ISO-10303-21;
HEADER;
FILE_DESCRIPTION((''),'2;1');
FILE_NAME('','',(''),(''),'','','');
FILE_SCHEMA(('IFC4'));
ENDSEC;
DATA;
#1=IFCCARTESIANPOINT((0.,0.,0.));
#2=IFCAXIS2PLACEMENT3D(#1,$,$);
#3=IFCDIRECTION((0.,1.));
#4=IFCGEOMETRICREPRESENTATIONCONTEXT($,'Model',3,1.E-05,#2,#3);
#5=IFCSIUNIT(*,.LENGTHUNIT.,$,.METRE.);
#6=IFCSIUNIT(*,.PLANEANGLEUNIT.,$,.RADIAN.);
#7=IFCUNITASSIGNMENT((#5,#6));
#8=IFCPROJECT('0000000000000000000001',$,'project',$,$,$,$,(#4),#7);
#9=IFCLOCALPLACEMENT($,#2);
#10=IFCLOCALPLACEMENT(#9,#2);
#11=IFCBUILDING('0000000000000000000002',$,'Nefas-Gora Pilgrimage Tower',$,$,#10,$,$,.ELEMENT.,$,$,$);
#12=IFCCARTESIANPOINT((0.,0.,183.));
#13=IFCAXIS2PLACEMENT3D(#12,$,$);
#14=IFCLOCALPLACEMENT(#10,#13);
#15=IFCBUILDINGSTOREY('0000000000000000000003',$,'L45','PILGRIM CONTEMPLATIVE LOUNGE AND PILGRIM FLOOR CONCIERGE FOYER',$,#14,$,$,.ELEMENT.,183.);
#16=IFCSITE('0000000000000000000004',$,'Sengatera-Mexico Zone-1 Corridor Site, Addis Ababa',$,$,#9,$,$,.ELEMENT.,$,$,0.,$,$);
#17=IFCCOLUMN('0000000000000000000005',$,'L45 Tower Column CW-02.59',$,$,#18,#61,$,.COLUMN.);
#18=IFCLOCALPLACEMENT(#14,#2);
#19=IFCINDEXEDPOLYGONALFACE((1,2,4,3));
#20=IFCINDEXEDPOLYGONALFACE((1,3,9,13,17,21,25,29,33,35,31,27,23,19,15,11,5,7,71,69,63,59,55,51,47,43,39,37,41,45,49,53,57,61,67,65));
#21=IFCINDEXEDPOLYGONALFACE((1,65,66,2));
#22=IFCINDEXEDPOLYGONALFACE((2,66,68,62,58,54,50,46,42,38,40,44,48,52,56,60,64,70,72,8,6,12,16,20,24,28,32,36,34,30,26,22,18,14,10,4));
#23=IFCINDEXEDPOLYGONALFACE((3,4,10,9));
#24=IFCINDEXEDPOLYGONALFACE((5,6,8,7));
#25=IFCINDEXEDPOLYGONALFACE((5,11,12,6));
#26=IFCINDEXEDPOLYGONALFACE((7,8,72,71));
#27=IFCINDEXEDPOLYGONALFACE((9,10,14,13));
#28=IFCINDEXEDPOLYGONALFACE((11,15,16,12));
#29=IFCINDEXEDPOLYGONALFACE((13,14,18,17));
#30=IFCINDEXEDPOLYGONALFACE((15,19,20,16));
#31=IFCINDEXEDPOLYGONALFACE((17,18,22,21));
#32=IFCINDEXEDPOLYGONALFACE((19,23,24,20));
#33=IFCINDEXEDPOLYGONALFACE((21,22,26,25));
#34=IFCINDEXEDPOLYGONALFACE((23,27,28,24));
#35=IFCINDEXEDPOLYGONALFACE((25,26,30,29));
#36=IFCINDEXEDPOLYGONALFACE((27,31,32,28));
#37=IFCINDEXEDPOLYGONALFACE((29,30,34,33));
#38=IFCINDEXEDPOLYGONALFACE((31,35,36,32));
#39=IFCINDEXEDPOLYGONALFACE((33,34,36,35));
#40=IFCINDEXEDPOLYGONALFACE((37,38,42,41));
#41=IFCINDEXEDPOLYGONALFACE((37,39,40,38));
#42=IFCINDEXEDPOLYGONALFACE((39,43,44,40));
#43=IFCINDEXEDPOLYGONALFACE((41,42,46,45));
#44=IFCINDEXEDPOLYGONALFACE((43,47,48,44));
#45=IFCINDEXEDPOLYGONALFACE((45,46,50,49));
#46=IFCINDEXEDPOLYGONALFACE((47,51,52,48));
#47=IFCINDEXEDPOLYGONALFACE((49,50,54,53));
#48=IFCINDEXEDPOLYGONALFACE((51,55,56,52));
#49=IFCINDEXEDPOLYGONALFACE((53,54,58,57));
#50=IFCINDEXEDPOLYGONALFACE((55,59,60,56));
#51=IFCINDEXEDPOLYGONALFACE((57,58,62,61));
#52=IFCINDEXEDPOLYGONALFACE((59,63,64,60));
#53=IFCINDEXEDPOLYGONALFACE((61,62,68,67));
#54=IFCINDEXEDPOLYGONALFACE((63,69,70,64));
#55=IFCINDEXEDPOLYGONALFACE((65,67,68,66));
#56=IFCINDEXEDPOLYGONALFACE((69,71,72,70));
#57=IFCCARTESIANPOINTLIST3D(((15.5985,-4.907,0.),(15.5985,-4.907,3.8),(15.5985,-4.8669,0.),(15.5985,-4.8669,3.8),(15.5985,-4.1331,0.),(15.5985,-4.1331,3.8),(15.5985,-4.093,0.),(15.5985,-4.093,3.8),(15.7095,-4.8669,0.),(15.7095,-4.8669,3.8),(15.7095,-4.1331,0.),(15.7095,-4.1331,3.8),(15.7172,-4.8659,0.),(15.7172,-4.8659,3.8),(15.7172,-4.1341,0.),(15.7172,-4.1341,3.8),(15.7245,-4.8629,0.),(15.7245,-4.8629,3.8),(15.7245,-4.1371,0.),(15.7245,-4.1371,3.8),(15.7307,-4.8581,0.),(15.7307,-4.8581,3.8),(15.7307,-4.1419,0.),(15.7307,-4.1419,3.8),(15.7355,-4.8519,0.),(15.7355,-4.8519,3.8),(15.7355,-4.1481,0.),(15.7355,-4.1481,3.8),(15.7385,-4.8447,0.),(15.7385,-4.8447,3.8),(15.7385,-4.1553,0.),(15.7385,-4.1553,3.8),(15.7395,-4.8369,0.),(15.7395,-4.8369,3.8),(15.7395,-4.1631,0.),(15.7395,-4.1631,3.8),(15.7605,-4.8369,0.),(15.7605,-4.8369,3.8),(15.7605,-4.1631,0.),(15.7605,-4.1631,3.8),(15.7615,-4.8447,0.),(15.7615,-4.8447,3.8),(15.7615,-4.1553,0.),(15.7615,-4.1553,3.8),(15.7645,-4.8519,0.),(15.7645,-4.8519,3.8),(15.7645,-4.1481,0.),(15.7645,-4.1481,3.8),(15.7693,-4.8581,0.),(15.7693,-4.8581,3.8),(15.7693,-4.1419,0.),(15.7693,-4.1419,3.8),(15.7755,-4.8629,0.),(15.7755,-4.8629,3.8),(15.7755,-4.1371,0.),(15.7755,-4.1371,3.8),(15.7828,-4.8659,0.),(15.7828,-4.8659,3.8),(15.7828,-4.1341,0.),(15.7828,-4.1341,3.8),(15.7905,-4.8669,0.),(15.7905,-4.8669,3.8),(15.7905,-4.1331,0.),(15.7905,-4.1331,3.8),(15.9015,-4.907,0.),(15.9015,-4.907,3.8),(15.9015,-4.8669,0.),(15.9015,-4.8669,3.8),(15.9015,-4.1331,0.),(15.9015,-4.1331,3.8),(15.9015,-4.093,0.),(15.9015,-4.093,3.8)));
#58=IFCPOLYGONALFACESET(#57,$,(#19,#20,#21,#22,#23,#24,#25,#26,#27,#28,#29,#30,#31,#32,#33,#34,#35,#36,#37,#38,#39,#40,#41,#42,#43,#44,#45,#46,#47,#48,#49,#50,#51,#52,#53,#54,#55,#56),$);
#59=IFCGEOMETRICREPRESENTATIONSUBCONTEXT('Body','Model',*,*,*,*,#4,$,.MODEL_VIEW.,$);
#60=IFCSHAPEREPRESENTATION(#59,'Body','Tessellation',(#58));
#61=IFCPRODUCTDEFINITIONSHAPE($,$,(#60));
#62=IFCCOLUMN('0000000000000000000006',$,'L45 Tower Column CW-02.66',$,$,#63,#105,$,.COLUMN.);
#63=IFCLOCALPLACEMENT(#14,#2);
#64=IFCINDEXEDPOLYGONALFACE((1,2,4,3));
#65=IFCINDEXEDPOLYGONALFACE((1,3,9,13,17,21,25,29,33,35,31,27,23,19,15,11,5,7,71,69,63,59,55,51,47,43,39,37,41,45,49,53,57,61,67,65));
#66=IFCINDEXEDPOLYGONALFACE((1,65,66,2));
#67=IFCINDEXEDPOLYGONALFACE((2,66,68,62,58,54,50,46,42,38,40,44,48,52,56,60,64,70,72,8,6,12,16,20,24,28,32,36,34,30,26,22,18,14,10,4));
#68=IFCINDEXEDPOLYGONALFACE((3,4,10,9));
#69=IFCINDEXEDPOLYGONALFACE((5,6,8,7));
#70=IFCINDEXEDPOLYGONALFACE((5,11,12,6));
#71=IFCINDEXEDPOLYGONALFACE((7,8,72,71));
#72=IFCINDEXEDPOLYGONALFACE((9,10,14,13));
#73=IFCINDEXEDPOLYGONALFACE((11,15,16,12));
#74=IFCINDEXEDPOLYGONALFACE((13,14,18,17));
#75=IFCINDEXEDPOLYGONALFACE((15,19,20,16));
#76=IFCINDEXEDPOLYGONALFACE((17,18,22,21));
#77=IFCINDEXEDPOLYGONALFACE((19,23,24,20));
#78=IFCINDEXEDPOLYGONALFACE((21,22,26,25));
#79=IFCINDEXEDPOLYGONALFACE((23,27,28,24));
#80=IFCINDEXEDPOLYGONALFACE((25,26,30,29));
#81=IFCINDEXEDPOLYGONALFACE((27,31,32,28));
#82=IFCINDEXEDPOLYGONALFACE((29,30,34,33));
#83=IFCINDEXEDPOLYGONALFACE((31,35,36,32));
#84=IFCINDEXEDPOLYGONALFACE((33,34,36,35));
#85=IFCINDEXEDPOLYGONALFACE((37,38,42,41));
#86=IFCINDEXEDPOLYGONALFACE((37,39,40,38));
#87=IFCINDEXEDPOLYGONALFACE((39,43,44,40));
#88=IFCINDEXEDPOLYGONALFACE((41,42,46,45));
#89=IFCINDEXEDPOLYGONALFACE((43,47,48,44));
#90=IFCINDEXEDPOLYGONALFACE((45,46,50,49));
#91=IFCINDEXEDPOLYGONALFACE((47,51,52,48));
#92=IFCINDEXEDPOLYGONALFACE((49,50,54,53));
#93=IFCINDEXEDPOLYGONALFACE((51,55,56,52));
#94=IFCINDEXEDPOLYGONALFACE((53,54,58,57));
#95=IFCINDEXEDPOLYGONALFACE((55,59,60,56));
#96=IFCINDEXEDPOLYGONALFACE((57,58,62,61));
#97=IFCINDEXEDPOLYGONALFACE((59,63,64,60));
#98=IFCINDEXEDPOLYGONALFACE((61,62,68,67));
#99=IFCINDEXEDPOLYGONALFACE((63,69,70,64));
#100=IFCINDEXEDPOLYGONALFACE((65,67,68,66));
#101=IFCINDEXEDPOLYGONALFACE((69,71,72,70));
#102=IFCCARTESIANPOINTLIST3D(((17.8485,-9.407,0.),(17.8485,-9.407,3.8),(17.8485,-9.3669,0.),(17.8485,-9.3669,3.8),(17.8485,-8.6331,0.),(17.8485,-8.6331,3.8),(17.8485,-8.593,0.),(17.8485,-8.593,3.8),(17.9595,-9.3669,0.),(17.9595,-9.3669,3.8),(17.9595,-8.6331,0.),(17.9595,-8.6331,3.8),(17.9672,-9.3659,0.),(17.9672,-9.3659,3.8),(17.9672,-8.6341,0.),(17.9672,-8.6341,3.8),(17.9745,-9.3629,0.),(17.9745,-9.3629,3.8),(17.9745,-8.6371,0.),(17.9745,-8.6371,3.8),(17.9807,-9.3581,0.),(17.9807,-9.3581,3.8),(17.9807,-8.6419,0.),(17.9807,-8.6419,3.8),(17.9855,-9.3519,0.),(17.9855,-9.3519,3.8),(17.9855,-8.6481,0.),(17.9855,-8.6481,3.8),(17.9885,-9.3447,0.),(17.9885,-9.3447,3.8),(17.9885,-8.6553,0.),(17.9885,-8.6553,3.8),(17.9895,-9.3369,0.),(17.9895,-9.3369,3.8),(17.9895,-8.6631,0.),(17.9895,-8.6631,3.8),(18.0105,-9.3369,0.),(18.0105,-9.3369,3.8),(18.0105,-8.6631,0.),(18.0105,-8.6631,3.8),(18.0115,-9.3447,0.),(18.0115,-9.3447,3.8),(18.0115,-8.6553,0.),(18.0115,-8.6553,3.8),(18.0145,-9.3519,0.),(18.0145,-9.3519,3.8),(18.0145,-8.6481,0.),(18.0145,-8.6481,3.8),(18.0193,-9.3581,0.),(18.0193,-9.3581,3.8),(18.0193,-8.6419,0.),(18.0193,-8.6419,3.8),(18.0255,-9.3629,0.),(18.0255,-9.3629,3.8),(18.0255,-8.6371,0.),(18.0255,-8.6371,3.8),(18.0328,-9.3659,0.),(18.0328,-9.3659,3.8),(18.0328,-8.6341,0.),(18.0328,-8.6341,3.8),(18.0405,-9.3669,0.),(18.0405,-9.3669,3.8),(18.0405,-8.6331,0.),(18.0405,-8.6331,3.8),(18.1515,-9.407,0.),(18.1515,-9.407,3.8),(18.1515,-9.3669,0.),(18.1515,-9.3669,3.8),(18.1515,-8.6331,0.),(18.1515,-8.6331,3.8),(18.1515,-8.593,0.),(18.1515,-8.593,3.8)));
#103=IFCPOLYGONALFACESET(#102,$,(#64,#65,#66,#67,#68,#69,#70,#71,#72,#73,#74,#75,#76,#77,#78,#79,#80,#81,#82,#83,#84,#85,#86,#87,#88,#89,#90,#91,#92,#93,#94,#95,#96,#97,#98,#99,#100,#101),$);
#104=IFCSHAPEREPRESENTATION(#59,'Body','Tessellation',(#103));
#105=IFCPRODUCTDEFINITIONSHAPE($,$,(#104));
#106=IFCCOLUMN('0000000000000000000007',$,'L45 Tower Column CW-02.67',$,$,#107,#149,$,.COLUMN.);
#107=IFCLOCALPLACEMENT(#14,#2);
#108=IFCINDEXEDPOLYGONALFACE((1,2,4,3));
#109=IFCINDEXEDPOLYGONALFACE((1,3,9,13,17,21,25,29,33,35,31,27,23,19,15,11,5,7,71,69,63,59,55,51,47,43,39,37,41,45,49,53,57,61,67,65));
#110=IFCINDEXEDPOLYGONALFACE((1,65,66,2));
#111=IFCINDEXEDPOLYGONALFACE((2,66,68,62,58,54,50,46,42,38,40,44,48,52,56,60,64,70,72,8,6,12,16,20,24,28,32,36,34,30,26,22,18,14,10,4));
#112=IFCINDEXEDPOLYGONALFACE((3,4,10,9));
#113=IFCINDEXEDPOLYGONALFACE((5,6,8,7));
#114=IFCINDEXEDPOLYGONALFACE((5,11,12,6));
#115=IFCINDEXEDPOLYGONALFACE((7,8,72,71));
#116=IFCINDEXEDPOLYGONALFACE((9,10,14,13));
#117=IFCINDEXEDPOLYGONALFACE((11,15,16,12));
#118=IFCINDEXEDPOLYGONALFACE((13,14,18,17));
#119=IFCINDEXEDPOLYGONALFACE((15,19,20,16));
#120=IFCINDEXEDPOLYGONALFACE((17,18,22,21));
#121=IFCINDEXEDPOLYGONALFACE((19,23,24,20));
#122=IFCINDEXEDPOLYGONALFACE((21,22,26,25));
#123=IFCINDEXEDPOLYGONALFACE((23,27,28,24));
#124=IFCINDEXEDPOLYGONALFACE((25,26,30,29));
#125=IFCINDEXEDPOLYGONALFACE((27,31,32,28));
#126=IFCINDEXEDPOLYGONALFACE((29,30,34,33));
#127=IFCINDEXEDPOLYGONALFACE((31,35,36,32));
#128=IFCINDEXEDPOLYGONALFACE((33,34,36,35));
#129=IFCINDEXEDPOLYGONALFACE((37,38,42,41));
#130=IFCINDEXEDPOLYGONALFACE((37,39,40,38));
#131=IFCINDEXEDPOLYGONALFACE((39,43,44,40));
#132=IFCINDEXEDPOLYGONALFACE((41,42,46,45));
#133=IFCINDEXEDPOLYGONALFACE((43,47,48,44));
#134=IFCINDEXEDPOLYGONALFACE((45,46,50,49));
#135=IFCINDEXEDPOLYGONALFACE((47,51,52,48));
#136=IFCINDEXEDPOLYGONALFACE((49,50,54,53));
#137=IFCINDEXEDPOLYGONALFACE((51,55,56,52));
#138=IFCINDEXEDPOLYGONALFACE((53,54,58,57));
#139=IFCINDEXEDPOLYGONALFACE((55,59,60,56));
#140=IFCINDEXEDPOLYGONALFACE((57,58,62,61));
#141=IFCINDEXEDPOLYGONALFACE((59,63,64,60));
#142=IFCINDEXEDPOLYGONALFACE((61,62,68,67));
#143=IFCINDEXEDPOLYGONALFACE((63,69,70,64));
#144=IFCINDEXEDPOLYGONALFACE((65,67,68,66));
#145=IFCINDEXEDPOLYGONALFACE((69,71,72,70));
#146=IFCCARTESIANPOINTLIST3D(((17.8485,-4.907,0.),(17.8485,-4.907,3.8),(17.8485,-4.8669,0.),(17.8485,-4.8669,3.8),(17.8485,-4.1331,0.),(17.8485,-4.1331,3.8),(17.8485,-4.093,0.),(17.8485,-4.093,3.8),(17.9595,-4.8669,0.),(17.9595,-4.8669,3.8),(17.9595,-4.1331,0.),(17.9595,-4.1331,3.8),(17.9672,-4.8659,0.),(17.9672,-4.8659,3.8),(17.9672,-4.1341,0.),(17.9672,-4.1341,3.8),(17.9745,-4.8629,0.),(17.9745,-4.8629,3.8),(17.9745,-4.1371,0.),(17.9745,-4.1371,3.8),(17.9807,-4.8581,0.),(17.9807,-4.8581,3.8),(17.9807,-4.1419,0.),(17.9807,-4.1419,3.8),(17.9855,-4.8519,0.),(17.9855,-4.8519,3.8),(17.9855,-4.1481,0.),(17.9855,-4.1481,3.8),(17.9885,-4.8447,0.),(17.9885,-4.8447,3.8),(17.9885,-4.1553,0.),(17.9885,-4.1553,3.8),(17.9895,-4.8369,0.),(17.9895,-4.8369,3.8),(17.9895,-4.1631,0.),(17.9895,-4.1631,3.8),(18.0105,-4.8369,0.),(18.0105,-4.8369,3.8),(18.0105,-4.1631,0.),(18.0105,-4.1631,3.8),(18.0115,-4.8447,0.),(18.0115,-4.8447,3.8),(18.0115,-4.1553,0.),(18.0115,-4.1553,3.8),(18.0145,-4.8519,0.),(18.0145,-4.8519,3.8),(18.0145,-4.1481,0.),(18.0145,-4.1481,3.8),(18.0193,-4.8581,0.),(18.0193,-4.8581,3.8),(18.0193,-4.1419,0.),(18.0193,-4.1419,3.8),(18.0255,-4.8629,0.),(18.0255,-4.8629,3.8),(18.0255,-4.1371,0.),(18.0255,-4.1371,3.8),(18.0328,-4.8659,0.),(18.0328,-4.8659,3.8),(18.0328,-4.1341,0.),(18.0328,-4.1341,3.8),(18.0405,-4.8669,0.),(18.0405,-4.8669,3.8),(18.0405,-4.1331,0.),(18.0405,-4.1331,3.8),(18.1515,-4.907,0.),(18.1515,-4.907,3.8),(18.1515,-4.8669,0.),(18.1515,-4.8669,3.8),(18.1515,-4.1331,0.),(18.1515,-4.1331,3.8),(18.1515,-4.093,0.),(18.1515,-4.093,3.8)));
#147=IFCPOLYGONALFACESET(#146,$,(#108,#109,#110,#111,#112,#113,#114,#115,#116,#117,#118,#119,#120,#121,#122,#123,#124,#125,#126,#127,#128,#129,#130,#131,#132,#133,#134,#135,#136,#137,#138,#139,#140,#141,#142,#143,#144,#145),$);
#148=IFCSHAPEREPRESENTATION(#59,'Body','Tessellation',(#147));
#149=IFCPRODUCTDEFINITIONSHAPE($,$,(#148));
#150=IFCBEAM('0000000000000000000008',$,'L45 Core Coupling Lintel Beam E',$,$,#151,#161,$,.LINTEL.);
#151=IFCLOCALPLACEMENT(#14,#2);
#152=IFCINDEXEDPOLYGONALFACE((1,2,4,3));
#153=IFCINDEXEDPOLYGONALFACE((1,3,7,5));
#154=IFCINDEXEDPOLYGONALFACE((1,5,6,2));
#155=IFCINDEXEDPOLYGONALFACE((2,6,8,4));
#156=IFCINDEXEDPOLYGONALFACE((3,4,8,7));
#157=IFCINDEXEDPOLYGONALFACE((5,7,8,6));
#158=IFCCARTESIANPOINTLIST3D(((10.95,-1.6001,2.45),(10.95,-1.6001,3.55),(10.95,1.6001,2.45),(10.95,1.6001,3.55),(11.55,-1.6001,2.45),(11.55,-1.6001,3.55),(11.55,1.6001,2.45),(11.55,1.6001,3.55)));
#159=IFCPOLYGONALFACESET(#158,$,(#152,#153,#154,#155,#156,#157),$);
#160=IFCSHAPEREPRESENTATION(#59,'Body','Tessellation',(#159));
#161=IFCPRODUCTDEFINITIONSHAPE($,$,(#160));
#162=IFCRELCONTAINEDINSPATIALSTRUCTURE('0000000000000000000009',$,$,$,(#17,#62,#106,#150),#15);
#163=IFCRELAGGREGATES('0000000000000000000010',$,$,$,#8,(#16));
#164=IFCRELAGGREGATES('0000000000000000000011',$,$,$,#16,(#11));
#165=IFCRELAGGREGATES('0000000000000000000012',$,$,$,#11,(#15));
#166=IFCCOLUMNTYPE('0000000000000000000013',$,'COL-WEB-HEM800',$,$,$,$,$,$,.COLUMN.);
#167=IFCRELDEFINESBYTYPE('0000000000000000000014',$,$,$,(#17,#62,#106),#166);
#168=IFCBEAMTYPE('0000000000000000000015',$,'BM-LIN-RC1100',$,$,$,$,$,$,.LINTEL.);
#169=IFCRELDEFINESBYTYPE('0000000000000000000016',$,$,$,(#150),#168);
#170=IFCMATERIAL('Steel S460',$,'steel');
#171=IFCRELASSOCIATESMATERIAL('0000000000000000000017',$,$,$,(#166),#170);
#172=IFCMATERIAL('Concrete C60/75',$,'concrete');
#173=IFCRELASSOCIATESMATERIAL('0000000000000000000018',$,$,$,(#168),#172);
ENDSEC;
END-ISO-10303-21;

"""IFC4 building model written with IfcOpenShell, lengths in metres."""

from ifc_helpers import new_model, si_unit, direction, frame, origin, origin_2d, place, context, subcontext, project, spatial, rectangle, i_section, extrude, source, transform, mapped, material, material_profile, profile_set, type_object, element, save


model = new_model("IFC4")

# Units and contexts
model_context = context("Model", 3, precision=1e-05, world=origin(), true_north=direction((0.0, 1.0)))
body_context = subcontext(model_context, "Body", "Model", "MODEL_VIEW")
ifc_project = project(units=[si_unit("LENGTHUNIT", "METRE"), si_unit("PLANEANGLEUNIT", "RADIAN")], contexts=[model_context])

# Site, building, storey
site_placement = place(None, origin())
site = spatial("IfcSite", under=ifc_project, at=site_placement, Name="Sengatera-Mexico Zone-1 Corridor Site, Addis Ababa", CompositionType="ELEMENT", RefElevation=0.0)
building_placement = place(site_placement, origin())
building = spatial("IfcBuilding", under=site, at=building_placement, Name="Nefas-Gora Pilgrimage Tower", CompositionType="ELEMENT")
storey_placement = place(building_placement, frame((0.0, 0.0, 183.0)))
storey = spatial("IfcBuildingStorey", under=building, at=storey_placement, Name="L45", Description="PILGRIM CONTEMPLATIVE LOUNGE AND PILGRIM FLOOR CONCIERGE FOYER", CompositionType="ELEMENT", Elevation=183.0)

# Columns
ifc_material_1 = material(Name="Steel S460", Category="steel")
ifc_material_profile_1 = material_profile(ifc_material_1, i_section(OverallWidth=0.303, OverallDepth=0.814, WebThickness=0.021, FlangeThickness=0.04, FilletRadius=0.03, at=origin_2d()), Name="HEM 800")
ifc_profile_set_1 = profile_set([ifc_material_profile_1], Name="Steel S460")
column_type_1 = type_object("IfcColumnType", Name="COL-WEB-HEM800", PredefinedType="COLUMN", material=ifc_profile_set_1)
shared_shape_1 = source(origin(), body_context, "Body", "SweptSolid", [
    extrude(i_section(OverallWidth=0.303, OverallDepth=0.814, WebThickness=0.021, FlangeThickness=0.04, FilletRadius=0.03, at=origin_2d()), origin(), (0.0, 0.0, 1.0), 3.8),
])
for number, where, z_axis, x_axis, name in (
    (1, (15.75, -4.5, 0.0), (0.0, 0.0, 1.0), (1.0, 0.0, 0.0), "L45 Tower Column CW-02.59"),
    (2, (18.0, -9.0, 0.0), (0.0, 0.0, 1.0), (1.0, 0.0, 0.0), "L45 Tower Column CW-02.66"),
    (3, (18.0, -4.5, 0.0), (0.0, 0.0, 1.0), (1.0, 0.0, 0.0), "L45 Tower Column CW-02.67"),
):
    element("IfcColumn", number, at=place(storey_placement, frame(where, z_axis=z_axis, x_axis=x_axis)), inside=storey, type_object=column_type_1, Name=name, PredefinedType="COLUMN", context=body_context, shape_type="MappedRepresentation", body=[
        mapped(shared_shape_1, transform((0.0, 0.0, 0.0), x_axis=(1.0, 0.0, 0.0), y_axis=(0.0, 1.0, 0.0), z_axis=(0.0, 0.0, 1.0), scale=1.0)),
    ])

# Beam
ifc_material_2 = material(Name="Concrete C60/75", Category="concrete")
ifc_material_profile_2 = material_profile(ifc_material_2, rectangle(XDim=0.6001, YDim=1.1001, at=origin_2d()), Name="RC 600x1100")
ifc_profile_set_2 = profile_set([ifc_material_profile_2], Name="Concrete C60/75")
beam_type_1 = type_object("IfcBeamType", Name="BM-LIN-RC1100", PredefinedType="LINTEL", material=ifc_profile_set_2)
shared_shape_2 = source(origin(), body_context, "Body", "SweptSolid", [
    extrude(rectangle(XDim=0.6001, YDim=1.1001, at=origin_2d()), origin(), (0.0, 0.0, 1.0), 3.2002),
])
beam_placement = place(storey_placement, frame((11.25, -1.6001, 3.0), z_axis=(0.0, 1.0, 0.0), x_axis=(-1.0, 0.0, 0.0)))
element("IfcBeam", 4, at=beam_placement, inside=storey, type_object=beam_type_1, Name="L45 Core Coupling Lintel Beam E", PredefinedType="LINTEL", context=body_context, shape_type="MappedRepresentation", body=[
    mapped(shared_shape_2, transform((0.0, 0.0, 0.0), x_axis=(1.0, 0.0, 0.0), y_axis=(0.0, 1.0, 0.0), z_axis=(0.0, 0.0, 1.0), scale=1.0)),
])

save(model, "model.ifc")
